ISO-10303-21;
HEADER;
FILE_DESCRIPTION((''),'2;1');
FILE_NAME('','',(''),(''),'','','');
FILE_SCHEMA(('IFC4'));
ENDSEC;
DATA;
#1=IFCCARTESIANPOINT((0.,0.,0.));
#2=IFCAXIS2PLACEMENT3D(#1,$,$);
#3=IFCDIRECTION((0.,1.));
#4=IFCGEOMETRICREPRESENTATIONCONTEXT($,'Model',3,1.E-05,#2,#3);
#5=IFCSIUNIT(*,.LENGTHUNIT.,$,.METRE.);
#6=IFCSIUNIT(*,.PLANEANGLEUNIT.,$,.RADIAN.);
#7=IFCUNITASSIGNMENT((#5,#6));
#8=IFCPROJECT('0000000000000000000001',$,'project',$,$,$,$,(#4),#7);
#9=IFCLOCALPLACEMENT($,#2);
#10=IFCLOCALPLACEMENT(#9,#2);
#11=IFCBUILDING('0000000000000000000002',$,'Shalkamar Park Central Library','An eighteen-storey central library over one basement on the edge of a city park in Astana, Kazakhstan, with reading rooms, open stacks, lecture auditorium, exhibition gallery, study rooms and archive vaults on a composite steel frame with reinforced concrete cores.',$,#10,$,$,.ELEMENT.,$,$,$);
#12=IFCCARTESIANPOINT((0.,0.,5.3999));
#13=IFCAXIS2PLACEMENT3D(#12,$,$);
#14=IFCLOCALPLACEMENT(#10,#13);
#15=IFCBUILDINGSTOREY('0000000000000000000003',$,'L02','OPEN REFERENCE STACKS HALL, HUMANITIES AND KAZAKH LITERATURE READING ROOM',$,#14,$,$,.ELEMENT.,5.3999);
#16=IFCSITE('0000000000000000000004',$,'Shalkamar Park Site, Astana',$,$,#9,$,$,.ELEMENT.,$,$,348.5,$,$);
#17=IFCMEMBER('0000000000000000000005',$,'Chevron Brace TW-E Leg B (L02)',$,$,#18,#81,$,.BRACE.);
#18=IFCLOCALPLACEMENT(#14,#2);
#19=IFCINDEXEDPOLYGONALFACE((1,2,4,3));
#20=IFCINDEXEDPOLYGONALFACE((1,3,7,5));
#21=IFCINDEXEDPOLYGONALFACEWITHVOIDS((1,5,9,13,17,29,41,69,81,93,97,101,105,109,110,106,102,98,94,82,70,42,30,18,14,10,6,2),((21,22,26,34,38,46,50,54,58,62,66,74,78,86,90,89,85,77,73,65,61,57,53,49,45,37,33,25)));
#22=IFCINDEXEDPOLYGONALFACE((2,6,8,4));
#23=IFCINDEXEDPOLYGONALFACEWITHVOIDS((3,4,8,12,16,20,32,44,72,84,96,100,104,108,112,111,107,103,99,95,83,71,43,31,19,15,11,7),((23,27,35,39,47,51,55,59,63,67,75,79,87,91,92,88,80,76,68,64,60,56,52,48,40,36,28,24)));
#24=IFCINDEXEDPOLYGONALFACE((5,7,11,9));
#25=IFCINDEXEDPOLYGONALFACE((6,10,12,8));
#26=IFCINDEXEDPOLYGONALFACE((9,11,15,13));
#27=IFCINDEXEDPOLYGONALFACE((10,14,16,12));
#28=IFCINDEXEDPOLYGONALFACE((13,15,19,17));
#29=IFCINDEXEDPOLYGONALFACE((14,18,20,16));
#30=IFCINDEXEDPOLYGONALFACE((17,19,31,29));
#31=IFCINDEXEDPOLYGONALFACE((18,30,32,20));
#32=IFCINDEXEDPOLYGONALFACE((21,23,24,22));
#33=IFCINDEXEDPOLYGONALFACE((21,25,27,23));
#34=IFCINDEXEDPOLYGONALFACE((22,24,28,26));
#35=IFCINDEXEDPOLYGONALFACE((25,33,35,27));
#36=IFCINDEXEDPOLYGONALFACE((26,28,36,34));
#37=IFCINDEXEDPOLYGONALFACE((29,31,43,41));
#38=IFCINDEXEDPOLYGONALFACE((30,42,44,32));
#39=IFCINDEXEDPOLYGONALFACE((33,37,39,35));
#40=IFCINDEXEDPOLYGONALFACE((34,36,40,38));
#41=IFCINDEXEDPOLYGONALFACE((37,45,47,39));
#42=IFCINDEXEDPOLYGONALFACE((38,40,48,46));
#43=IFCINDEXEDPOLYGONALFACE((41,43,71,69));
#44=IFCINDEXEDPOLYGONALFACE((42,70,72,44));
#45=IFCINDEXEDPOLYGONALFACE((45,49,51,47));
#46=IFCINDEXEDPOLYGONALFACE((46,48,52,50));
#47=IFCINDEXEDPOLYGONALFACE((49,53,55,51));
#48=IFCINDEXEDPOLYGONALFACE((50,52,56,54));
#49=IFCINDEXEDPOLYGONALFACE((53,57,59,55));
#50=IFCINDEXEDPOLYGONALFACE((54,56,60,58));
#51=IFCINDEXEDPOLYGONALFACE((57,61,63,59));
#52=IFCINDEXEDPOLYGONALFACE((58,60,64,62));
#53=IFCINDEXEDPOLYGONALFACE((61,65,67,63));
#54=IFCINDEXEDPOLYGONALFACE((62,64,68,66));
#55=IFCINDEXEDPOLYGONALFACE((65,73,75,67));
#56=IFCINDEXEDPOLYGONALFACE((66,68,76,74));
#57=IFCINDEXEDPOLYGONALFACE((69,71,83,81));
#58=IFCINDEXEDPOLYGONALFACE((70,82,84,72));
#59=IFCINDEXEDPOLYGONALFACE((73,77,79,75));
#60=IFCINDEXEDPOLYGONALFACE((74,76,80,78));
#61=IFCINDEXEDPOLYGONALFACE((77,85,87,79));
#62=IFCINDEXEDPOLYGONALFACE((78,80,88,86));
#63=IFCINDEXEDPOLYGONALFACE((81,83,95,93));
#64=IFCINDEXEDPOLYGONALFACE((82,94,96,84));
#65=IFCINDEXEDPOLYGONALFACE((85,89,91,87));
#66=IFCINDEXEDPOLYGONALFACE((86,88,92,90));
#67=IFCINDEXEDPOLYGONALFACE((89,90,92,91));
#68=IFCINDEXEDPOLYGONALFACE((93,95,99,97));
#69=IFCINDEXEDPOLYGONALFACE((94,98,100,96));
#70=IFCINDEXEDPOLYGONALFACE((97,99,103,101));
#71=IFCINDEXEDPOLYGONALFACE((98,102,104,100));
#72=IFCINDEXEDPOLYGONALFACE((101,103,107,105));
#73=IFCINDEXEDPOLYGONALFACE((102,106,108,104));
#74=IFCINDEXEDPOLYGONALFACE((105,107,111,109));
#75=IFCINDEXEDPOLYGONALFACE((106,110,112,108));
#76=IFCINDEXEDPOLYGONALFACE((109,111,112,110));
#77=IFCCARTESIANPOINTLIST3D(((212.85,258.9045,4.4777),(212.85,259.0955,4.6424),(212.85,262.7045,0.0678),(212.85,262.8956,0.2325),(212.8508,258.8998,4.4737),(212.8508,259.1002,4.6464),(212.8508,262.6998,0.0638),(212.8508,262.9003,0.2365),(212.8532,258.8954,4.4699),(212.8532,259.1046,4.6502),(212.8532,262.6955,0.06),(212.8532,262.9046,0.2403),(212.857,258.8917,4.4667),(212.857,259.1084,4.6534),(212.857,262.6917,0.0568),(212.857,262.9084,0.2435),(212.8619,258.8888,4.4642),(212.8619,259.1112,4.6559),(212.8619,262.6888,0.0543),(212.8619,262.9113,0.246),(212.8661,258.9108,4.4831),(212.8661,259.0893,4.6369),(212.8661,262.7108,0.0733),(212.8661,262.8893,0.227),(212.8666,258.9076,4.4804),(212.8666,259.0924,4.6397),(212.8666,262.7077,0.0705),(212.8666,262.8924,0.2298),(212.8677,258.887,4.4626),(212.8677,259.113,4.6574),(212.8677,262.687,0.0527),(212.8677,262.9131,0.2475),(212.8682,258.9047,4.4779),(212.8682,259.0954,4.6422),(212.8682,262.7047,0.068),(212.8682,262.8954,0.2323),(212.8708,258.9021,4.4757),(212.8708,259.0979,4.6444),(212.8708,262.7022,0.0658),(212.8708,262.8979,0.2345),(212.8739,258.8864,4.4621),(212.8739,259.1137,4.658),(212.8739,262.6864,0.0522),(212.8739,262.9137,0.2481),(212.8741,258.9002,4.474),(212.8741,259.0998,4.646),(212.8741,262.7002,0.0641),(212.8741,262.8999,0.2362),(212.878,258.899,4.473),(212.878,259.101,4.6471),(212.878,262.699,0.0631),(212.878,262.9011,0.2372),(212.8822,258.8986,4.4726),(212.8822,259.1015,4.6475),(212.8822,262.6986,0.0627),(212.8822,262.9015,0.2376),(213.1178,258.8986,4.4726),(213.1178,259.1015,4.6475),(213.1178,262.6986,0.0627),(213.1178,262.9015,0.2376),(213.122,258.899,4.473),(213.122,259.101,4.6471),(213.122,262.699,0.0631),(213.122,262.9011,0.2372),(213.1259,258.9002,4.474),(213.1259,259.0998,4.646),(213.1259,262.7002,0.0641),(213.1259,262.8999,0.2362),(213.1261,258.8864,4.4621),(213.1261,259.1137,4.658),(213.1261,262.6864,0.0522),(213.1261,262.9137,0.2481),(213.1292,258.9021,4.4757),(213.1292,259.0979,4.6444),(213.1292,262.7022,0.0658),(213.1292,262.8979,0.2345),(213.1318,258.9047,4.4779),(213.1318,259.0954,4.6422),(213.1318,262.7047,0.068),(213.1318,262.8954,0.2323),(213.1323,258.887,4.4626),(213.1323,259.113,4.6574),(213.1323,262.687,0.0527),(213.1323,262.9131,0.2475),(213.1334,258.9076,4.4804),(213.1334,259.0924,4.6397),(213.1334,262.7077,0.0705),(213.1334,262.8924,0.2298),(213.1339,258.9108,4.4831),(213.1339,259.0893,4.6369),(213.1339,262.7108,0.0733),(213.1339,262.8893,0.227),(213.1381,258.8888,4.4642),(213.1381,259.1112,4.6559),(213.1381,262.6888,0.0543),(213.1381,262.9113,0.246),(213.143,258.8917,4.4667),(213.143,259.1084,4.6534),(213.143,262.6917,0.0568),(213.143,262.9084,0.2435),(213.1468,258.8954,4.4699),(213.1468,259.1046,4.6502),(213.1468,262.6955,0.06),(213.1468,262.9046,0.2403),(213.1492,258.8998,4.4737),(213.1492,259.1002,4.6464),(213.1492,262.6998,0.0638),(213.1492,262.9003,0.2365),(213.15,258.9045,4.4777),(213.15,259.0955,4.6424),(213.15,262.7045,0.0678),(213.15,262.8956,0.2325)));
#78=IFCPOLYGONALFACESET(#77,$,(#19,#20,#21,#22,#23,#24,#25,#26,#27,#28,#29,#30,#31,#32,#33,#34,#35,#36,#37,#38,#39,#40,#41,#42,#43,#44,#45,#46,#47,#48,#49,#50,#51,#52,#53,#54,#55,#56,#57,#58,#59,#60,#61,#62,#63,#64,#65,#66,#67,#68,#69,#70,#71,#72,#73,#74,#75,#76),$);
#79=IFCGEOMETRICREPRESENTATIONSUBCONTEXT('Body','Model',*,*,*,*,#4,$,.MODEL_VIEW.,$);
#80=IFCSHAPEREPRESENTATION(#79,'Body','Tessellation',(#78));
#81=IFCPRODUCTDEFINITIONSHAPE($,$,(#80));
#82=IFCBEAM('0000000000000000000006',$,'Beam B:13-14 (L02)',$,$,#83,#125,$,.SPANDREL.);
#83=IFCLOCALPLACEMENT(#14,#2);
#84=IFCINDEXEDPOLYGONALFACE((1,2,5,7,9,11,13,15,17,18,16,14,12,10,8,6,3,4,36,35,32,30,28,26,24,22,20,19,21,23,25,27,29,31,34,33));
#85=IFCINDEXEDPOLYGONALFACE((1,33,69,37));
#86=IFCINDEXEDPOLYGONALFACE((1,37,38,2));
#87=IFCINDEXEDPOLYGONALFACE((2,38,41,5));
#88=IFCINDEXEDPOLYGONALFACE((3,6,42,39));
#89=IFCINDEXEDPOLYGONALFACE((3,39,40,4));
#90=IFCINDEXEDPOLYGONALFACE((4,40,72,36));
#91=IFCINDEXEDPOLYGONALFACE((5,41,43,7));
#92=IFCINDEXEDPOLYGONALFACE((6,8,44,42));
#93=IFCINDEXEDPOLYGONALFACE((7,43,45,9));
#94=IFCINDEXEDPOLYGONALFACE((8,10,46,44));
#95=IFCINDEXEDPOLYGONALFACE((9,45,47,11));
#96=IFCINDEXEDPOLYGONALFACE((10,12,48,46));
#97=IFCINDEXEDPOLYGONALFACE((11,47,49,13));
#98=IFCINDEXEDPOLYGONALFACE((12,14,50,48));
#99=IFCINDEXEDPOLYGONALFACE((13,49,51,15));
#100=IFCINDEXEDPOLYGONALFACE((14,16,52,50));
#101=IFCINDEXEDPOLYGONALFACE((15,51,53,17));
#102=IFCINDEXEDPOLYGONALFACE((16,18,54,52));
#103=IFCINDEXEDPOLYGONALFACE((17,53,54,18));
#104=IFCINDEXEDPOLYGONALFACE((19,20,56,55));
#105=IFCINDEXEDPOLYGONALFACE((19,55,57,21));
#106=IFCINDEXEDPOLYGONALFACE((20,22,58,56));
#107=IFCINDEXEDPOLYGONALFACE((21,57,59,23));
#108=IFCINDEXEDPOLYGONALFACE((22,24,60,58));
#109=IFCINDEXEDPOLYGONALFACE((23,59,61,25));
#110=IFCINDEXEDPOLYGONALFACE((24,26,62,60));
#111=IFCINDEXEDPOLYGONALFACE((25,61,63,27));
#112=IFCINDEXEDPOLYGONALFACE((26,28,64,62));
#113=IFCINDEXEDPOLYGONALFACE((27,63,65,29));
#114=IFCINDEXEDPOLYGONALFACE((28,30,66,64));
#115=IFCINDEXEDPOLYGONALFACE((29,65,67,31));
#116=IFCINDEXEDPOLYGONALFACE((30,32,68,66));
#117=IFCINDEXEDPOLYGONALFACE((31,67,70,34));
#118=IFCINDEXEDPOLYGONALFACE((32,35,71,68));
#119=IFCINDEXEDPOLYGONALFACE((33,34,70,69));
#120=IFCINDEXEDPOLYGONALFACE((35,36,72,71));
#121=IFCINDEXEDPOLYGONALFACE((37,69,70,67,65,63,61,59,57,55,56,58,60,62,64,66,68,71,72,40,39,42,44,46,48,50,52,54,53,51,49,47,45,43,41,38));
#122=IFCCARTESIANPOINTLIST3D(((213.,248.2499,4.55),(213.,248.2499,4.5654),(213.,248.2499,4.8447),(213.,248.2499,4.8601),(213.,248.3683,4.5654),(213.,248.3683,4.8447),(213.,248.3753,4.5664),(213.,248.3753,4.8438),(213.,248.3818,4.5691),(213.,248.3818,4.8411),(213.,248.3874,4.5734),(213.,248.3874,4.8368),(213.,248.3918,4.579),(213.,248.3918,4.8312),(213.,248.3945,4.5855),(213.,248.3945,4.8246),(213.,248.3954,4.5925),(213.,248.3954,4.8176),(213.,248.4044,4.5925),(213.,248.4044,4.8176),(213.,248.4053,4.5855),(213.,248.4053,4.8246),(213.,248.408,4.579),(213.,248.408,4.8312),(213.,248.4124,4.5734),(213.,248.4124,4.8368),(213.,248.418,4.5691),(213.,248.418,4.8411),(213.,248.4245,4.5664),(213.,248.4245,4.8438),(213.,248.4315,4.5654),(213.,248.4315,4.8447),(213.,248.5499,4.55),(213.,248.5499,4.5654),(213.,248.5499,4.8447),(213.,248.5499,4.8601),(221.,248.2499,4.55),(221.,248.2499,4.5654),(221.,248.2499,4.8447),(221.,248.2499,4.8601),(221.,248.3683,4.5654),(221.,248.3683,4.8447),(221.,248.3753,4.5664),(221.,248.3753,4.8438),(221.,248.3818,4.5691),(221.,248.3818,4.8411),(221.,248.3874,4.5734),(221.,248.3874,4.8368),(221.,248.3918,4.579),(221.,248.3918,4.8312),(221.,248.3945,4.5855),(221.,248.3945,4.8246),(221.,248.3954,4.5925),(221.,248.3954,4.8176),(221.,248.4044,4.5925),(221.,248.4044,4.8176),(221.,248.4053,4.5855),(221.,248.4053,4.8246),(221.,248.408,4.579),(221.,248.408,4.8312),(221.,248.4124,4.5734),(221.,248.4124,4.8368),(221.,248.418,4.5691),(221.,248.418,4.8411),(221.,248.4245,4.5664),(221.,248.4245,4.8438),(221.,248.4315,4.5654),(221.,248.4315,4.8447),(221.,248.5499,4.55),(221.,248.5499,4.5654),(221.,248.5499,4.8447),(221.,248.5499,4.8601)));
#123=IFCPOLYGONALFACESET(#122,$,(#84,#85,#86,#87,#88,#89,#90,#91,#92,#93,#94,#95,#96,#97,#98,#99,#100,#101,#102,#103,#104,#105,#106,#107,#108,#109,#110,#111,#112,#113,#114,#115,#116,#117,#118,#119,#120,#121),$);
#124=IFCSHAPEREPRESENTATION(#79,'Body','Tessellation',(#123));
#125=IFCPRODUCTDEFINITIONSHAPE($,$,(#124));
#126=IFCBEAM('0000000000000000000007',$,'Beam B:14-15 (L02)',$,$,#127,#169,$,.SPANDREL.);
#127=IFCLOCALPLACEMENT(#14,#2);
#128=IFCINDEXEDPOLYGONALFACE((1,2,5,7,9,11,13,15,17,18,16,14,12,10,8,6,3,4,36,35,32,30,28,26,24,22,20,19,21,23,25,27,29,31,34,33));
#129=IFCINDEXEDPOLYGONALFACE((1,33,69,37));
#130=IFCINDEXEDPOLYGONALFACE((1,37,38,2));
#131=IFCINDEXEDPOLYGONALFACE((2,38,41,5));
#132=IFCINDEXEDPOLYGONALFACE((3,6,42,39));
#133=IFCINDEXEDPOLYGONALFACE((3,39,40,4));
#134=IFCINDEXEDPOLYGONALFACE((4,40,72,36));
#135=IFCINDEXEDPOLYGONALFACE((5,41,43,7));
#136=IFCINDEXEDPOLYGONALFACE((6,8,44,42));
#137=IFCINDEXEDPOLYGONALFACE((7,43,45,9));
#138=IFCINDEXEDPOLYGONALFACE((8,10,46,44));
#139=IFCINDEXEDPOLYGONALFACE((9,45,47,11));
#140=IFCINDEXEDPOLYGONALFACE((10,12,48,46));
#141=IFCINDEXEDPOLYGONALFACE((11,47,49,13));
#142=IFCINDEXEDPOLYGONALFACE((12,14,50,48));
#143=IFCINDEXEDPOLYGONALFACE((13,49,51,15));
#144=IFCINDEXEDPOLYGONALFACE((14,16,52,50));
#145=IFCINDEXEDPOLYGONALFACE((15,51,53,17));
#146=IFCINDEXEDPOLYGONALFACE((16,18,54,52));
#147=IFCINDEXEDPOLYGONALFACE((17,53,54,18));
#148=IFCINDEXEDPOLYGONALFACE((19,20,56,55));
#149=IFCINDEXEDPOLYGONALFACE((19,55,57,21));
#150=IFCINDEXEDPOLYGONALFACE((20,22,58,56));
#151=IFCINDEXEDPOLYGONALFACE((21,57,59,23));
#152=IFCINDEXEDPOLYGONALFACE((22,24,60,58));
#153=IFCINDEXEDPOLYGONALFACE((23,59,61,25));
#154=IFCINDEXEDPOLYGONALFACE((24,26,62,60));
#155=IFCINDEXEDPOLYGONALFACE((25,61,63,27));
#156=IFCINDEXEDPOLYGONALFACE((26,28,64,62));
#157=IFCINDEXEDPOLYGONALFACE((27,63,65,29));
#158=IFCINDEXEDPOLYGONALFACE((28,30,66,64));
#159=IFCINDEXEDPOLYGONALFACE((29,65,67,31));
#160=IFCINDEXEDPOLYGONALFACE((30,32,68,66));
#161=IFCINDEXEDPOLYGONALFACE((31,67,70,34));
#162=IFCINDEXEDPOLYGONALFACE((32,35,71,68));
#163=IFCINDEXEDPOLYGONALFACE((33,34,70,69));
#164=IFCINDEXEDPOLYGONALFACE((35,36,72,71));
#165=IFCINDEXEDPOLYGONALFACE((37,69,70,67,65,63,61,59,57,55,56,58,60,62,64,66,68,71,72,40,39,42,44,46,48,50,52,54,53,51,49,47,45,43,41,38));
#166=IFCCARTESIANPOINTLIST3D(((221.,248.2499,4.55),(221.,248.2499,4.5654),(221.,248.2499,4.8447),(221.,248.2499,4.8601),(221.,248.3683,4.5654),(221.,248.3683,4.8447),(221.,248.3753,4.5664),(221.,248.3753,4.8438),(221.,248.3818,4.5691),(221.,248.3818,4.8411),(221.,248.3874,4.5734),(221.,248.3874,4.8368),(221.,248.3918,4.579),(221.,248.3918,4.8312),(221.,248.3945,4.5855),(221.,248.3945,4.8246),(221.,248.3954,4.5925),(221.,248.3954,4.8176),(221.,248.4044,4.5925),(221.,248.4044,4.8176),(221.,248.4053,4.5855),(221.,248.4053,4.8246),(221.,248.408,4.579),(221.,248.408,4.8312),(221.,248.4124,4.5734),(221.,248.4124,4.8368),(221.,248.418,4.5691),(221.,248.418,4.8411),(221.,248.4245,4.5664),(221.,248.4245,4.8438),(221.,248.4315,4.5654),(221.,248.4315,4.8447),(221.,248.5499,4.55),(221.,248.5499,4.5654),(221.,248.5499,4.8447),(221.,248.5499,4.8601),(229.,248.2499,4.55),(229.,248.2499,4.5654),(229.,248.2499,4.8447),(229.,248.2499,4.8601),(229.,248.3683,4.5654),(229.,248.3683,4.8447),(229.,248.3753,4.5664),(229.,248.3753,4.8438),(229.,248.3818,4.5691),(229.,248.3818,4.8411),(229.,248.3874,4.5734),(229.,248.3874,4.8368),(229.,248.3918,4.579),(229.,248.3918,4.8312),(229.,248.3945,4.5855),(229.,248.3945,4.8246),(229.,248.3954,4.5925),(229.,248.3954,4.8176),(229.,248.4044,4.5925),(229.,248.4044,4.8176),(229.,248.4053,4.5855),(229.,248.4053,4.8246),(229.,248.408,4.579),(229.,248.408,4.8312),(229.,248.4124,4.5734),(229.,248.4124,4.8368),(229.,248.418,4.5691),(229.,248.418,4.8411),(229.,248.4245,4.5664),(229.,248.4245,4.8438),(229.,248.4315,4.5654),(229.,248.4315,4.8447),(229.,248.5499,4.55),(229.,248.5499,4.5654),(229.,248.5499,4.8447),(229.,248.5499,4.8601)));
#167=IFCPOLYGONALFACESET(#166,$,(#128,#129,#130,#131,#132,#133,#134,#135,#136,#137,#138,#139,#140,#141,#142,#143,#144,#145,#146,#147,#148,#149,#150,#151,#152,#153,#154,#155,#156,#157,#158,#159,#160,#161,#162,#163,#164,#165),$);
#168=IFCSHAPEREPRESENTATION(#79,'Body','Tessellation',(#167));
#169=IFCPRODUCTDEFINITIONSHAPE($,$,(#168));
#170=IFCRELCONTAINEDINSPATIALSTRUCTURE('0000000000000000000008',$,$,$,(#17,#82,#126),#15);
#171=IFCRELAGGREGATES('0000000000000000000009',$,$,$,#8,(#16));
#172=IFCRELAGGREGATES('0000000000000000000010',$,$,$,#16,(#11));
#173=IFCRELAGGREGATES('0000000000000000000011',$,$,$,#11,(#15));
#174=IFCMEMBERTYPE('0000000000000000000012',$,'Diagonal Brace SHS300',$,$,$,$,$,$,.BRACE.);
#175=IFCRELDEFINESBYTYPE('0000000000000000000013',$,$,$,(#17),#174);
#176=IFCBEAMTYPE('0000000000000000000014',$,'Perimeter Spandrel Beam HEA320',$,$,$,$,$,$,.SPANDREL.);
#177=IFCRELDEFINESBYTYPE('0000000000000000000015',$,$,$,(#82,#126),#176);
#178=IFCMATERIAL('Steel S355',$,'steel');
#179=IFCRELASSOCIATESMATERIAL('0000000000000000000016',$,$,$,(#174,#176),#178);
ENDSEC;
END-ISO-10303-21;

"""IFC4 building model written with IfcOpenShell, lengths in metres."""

from ifc_helpers import new_model, si_unit, direction, frame, origin, origin_2d, place, context, subcontext, project, spatial, hollow_rectangle, i_section, extrude, material, material_profile, profile_set, type_object, element, save


model = new_model("IFC4")

# Units and contexts
model_context = context("Model", 3, precision=1e-05, world=origin(), true_north=direction((0.0, 1.0)))
body_context = subcontext(model_context, "Body", "Model", "MODEL_VIEW")
ifc_project = project(units=[si_unit("LENGTHUNIT", "METRE"), si_unit("PLANEANGLEUNIT", "RADIAN")], contexts=[model_context])

# Site, building, storey
site_placement = place(None, origin())
site = spatial("IfcSite", under=ifc_project, at=site_placement, Name="Shalkamar Park Site, Astana", CompositionType="ELEMENT", RefElevation=348.5)
building_placement = place(site_placement, origin())
building = spatial("IfcBuilding", under=site, at=building_placement, Name="Shalkamar Park Central Library", Description="An eighteen-storey central library over one basement on the edge of a city park in Astana, Kazakhstan, with reading rooms, open stacks, lecture auditorium, exhibition gallery, study rooms and archive vaults on a composite steel frame with reinforced concrete cores.", CompositionType="ELEMENT")
storey_placement = place(building_placement, frame((0.0, 0.0, 5.3999)))
storey = spatial("IfcBuildingStorey", under=building, at=storey_placement, Name="L02", Description="OPEN REFERENCE STACKS HALL, HUMANITIES AND KAZAKH LITERATURE READING ROOM", CompositionType="ELEMENT", Elevation=5.3999)

# Shared definitions
ifc_material_1 = material(Name="Steel S355", Category="steel")

# Member
ifc_material_profile_1 = material_profile(ifc_material_1, hollow_rectangle(XDim=0.3, YDim=0.3, WallThickness=0.0161, InnerFilletRadius=0.0161, OuterFilletRadius=0.0239, at=origin_2d()), Name="SHS 300x300x16")
ifc_profile_set_1 = profile_set([ifc_material_profile_1], Name="Steel S355")
member_type = type_object("IfcMemberType", Name="Diagonal Brace SHS300", PredefinedType="BRACE", material=ifc_profile_set_1)
for number, where, z_axis, x_axis, name in (
    (1, (213.0, 262.8, 0.1501), (0.0, -0.652782, 0.757546), (1.0, 0.0, 0.0), "Chevron Brace TW-E Leg B (L02)"),
):
    element("IfcMember", number, at=place(storey_placement, frame(where, z_axis=z_axis, x_axis=x_axis)), inside=storey, type_object=member_type, Name=name, PredefinedType="BRACE", context=body_context, shape_type="SweptSolid", body=[
        extrude(hollow_rectangle(XDim=0.3, YDim=0.3, WallThickness=0.0161, InnerFilletRadius=0.0161, OuterFilletRadius=0.0239, at=origin_2d()), origin(), (0.0, 0.0, 1.0), 5.8213),
    ])

# Beams
ifc_material_profile_2 = material_profile(ifc_material_1, i_section(OverallWidth=0.3, OverallDepth=0.3101, WebThickness=0.009, FlangeThickness=0.0154, FilletRadius=0.0271, at=origin_2d()), Name="HEA 320")
ifc_profile_set_2 = profile_set([ifc_material_profile_2], Name="Steel S355")
beam_type_1 = type_object("IfcBeamType", Name="Perimeter Spandrel Beam HEA320", PredefinedType="SPANDREL", material=ifc_profile_set_2)
for number, where, z_axis, x_axis, name in (
    (2, (213.0, 248.3999, 4.7051), (1.0, 0.0, 0.0), (0.0, 1.0, 0.0), "Beam B:13-14 (L02)"),
    (3, (221.0, 248.3999, 4.7051), (1.0, 0.0, 0.0), (0.0, 1.0, 0.0), "Beam B:14-15 (L02)"),
):
    element("IfcBeam", number, at=place(storey_placement, frame(where, z_axis=z_axis, x_axis=x_axis)), inside=storey, type_object=beam_type_1, Name=name, PredefinedType="SPANDREL", context=body_context, shape_type="SweptSolid", body=[
        extrude(i_section(OverallWidth=0.3, OverallDepth=0.3101, WebThickness=0.009, FlangeThickness=0.0154, FilletRadius=0.0271, at=origin_2d()), origin(), (0.0, 0.0, 1.0), 8.0),
    ])

save(model, "model.ifc")
